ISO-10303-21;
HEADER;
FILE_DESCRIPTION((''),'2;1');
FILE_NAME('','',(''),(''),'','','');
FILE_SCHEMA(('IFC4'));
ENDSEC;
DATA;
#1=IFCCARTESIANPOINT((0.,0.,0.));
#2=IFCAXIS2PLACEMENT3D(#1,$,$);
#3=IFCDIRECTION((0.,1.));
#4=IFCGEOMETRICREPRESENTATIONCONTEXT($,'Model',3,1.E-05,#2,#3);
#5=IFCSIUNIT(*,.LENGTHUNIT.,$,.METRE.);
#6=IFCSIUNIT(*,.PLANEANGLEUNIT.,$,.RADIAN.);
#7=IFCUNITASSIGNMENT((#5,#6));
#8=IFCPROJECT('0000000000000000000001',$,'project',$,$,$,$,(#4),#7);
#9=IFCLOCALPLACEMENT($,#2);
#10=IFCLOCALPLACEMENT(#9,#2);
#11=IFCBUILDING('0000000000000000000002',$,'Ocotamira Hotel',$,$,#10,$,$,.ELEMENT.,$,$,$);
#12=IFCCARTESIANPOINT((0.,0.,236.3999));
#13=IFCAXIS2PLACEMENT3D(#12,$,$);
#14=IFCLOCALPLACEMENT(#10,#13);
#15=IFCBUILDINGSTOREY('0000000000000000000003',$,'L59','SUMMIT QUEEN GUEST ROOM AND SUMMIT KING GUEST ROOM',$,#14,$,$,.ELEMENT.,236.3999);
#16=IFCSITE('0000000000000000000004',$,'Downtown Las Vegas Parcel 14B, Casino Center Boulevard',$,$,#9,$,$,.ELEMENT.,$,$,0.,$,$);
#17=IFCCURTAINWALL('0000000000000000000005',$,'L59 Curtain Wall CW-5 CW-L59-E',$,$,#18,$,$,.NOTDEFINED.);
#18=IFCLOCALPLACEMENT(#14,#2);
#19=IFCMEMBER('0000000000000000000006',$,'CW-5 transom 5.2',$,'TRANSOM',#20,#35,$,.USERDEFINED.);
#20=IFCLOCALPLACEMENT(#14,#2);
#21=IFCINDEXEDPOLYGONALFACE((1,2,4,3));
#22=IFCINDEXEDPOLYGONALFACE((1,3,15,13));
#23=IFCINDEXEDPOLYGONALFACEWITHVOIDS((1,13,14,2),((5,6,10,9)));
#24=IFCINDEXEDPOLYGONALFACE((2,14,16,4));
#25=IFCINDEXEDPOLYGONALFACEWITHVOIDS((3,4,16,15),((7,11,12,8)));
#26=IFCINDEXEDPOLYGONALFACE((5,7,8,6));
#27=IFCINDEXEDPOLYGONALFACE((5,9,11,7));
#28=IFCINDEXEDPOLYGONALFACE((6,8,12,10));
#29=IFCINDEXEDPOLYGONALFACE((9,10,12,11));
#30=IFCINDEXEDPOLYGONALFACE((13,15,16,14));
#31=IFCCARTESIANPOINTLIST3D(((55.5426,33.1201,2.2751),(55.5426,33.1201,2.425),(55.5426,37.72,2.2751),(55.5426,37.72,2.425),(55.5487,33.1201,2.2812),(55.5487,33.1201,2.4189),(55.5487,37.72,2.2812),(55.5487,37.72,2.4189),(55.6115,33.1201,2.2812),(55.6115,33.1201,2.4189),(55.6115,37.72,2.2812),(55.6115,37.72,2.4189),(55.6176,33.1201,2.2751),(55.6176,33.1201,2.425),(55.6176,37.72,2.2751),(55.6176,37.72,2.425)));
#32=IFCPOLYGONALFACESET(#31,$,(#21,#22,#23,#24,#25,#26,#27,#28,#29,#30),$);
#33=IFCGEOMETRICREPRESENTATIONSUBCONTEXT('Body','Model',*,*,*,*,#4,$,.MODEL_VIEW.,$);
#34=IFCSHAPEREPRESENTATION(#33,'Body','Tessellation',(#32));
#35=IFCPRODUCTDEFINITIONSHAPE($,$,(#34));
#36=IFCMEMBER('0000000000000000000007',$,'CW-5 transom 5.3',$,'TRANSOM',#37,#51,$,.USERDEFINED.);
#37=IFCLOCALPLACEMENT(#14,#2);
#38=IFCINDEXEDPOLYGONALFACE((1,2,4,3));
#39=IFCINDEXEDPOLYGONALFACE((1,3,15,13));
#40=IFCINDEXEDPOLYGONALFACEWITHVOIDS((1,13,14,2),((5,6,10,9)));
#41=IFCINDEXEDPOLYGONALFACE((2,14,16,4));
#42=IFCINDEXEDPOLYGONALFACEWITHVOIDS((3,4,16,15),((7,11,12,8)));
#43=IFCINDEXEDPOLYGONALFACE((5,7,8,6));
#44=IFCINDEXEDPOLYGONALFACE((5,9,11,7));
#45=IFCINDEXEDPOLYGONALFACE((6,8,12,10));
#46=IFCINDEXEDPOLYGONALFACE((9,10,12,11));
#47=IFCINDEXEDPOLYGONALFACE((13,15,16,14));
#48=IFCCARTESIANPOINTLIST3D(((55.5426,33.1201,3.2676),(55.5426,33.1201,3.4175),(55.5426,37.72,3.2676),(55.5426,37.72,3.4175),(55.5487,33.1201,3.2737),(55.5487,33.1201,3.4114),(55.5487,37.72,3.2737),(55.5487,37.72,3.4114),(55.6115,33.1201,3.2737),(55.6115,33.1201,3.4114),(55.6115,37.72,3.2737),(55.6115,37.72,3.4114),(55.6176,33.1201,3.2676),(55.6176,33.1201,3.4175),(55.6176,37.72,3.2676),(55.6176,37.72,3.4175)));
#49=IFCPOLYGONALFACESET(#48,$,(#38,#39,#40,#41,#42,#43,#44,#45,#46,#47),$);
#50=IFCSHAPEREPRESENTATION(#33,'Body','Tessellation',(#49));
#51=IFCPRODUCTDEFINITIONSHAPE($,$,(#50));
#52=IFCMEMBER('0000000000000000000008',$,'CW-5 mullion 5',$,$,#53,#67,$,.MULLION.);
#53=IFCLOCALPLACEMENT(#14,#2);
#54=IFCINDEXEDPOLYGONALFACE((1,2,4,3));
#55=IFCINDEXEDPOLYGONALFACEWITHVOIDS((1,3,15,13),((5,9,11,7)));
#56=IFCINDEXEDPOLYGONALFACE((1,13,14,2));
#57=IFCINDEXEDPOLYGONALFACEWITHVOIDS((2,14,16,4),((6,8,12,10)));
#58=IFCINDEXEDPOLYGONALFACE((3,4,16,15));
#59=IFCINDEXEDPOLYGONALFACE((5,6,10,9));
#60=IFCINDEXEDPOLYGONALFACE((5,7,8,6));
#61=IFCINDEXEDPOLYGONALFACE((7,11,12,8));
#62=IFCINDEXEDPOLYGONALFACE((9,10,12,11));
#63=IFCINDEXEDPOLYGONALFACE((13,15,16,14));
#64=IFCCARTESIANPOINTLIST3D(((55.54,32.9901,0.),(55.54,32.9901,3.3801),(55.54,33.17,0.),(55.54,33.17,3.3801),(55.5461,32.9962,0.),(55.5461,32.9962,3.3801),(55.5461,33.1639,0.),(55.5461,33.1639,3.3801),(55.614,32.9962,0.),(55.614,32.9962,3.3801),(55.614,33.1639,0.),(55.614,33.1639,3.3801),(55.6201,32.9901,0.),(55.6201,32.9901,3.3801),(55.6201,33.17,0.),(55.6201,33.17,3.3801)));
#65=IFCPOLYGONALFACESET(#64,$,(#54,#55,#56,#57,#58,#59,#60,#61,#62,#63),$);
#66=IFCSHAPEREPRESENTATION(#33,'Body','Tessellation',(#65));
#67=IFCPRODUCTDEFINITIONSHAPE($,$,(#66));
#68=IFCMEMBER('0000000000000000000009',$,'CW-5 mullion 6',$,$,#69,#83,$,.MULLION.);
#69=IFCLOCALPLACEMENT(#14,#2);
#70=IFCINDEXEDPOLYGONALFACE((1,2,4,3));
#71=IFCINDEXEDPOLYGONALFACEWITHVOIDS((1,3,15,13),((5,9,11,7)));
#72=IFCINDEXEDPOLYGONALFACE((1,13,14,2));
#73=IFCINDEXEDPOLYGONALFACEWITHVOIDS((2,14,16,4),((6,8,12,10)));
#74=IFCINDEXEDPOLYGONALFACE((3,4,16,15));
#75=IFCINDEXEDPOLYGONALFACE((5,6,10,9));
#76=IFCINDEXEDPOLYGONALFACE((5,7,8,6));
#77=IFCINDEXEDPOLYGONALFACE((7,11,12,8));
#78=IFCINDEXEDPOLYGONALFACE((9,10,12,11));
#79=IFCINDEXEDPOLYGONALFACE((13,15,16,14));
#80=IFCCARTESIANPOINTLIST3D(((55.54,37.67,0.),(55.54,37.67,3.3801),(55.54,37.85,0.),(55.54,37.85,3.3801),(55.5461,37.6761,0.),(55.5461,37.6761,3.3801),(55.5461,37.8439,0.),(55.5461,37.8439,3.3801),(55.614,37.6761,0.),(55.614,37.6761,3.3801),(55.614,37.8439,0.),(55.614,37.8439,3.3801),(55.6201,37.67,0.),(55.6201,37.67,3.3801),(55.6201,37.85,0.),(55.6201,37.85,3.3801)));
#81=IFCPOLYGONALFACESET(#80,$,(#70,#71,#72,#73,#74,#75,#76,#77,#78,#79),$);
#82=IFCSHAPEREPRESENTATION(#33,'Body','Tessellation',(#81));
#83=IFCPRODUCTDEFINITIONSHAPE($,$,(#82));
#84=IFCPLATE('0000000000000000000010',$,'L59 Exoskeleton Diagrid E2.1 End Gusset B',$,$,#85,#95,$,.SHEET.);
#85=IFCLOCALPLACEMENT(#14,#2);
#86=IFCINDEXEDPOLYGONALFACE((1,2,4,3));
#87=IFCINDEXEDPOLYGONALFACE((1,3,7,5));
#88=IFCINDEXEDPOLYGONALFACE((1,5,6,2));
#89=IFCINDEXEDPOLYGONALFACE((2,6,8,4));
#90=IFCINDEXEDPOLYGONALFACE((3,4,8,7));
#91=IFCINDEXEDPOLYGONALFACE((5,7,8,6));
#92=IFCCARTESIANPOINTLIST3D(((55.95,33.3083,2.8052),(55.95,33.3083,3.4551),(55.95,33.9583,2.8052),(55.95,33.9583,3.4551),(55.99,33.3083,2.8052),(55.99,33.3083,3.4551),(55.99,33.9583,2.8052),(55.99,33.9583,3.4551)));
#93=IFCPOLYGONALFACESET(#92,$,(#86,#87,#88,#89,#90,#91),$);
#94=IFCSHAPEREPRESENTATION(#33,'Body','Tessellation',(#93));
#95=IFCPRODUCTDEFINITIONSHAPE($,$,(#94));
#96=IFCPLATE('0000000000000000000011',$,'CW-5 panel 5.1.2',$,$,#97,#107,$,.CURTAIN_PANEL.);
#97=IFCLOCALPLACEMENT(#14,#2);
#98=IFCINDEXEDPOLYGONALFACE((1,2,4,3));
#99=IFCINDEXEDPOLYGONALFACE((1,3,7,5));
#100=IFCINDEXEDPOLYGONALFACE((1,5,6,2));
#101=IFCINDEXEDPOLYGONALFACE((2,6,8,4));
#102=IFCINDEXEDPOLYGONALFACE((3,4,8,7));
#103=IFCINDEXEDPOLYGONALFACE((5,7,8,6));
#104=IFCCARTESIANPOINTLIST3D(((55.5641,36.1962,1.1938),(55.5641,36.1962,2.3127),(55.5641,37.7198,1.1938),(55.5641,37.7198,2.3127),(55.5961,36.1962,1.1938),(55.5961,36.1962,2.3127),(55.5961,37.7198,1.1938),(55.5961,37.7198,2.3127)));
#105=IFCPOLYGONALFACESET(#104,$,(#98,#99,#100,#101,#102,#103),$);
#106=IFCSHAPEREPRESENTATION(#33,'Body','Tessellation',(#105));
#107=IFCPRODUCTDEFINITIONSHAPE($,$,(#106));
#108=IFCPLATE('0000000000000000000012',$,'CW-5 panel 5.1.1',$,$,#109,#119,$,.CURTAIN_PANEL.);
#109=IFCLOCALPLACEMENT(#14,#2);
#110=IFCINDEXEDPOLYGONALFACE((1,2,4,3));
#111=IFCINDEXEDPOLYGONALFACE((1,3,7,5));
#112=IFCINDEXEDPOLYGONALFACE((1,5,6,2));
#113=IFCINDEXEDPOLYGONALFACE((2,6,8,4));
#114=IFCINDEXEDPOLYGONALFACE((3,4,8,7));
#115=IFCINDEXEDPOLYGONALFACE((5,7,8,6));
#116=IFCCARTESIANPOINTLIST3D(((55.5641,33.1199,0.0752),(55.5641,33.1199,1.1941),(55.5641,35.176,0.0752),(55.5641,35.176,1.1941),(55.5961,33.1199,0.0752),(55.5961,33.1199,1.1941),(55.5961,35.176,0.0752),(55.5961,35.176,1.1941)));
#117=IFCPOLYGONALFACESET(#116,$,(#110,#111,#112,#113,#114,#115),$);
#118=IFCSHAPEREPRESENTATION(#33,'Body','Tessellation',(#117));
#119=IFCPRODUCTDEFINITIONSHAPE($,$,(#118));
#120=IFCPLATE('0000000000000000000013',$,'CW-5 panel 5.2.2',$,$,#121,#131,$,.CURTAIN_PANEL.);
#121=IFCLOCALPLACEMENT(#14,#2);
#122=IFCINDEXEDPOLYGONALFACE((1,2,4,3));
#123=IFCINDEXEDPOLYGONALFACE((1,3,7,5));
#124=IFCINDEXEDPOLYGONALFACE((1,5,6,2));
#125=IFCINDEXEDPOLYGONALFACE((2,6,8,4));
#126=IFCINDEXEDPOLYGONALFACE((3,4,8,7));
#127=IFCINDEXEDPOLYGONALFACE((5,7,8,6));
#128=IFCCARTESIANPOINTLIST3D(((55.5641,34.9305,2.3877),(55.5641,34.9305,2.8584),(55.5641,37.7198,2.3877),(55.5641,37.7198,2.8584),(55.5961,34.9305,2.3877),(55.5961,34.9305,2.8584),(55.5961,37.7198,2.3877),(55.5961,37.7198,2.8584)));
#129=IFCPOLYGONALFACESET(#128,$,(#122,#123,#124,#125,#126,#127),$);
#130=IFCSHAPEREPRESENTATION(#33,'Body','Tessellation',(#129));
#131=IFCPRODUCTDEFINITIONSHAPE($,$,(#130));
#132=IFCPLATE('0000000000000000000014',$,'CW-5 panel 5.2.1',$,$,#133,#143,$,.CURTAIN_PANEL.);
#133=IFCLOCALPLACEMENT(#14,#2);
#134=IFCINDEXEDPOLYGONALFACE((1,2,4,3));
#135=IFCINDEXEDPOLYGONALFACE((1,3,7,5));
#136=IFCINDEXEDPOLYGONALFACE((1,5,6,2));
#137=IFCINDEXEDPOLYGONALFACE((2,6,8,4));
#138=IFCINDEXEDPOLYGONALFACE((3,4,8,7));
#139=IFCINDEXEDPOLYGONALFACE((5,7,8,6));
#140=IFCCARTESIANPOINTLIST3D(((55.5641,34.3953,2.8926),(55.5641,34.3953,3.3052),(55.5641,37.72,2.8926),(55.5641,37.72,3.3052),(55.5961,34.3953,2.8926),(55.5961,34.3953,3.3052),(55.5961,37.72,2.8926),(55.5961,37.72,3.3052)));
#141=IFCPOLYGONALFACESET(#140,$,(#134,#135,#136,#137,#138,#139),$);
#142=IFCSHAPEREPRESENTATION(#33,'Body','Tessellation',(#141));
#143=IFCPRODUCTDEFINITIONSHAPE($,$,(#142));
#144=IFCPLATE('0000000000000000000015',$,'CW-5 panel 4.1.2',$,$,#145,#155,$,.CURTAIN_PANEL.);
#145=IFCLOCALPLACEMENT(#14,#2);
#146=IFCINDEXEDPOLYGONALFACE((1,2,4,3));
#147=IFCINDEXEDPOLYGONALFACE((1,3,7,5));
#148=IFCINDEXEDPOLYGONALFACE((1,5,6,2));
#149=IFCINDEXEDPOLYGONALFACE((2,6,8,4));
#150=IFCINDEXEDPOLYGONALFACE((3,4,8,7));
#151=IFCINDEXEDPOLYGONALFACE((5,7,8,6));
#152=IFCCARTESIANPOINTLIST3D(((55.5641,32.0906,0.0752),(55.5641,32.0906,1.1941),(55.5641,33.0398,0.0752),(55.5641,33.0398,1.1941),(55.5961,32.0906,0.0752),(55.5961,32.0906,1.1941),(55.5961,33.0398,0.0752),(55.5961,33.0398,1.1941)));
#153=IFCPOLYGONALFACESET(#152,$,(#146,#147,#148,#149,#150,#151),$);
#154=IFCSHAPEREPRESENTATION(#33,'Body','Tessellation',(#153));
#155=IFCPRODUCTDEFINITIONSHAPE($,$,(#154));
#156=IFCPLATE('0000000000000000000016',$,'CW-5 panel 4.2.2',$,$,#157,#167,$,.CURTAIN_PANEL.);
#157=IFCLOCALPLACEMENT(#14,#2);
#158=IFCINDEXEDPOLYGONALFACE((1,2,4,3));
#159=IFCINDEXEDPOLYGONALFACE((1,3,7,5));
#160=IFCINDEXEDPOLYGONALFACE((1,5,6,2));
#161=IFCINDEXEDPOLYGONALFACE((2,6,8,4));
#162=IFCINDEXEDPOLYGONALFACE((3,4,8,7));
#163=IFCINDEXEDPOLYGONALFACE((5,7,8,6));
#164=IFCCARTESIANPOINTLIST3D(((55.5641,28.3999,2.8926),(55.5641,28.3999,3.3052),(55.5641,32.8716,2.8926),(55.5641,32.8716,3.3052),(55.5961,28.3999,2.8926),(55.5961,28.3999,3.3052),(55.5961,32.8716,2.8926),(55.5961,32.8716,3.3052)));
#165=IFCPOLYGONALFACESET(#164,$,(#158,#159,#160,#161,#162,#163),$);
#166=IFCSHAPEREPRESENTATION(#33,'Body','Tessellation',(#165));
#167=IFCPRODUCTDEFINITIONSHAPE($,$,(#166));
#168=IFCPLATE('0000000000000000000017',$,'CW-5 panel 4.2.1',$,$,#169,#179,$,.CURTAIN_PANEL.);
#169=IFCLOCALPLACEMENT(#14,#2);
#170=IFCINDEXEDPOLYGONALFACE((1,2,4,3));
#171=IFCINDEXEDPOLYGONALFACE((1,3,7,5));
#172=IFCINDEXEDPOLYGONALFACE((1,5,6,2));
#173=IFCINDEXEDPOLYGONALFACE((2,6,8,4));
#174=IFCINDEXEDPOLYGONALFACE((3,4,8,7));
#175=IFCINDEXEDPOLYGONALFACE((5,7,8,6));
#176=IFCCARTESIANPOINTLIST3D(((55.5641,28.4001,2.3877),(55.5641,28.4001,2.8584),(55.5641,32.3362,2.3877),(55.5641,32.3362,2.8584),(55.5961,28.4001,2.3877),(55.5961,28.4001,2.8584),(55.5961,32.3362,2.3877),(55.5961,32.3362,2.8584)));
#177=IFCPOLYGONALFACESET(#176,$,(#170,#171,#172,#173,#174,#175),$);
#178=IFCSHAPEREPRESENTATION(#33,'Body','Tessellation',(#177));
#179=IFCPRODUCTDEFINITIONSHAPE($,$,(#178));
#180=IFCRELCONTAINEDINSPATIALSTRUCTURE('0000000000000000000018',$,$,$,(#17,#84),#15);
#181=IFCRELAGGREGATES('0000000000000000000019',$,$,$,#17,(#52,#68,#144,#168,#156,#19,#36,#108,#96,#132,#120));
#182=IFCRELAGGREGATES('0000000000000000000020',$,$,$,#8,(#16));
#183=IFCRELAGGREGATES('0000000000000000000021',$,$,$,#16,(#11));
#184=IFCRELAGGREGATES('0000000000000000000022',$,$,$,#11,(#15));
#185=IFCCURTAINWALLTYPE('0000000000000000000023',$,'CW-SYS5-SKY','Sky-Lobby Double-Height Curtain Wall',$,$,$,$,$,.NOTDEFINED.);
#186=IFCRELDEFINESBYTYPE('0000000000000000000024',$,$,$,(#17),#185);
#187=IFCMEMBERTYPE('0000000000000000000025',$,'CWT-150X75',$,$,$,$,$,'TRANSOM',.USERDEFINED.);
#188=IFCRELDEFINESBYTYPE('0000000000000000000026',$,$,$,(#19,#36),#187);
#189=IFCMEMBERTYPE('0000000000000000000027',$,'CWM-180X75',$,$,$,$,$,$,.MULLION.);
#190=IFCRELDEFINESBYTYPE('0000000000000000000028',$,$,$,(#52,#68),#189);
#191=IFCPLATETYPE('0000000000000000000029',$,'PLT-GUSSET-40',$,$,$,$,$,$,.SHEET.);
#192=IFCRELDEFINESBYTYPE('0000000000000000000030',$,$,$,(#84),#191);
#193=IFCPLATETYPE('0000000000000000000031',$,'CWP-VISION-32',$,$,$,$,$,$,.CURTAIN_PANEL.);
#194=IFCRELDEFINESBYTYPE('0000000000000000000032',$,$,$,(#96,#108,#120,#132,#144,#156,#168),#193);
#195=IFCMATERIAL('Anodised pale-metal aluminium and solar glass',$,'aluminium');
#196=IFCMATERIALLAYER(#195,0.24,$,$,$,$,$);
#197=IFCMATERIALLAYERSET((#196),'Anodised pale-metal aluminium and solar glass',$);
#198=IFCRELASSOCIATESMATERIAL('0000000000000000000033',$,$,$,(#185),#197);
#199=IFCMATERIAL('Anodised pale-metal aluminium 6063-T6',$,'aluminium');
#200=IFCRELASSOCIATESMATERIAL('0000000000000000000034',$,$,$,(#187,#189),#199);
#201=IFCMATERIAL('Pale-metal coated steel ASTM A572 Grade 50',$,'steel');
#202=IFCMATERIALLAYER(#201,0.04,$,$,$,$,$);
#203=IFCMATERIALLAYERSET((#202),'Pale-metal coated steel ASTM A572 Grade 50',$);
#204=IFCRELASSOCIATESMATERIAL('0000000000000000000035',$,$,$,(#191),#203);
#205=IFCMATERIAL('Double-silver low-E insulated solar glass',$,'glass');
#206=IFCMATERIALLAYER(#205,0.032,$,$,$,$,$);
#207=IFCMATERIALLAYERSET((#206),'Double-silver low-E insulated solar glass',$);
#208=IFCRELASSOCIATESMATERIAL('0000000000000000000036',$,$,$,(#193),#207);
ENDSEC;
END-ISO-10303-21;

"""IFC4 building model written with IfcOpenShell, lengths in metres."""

from ifc_helpers import new_model, si_unit, direction, frame, origin, origin_2d, place, context, subcontext, project, spatial, rectangle, hollow_rectangle, extrude, source, transform, mapped, material, layer, layer_set, material_profile, profile_set, type_object, element, aggregate, save


model = new_model("IFC4")

# Units and contexts
model_context = context("Model", 3, precision=1e-05, world=origin(), true_north=direction((0.0, 1.0)))
body_context = subcontext(model_context, "Body", "Model", "MODEL_VIEW")
ifc_project = project(units=[si_unit("LENGTHUNIT", "METRE"), si_unit("PLANEANGLEUNIT", "RADIAN")], contexts=[model_context])

# Site, building, storey
site_placement = place(None, origin())
site = spatial("IfcSite", under=ifc_project, at=site_placement, Name="Downtown Las Vegas Parcel 14B, Casino Center Boulevard", CompositionType="ELEMENT", RefElevation=0.0)
building_placement = place(site_placement, origin())
building = spatial("IfcBuilding", under=site, at=building_placement, Name="Ocotamira Hotel", CompositionType="ELEMENT")
storey_placement = place(building_placement, frame((0.0, 0.0, 236.3999)))
storey = spatial("IfcBuildingStorey", under=building, at=storey_placement, Name="L59", Description="SUMMIT QUEEN GUEST ROOM AND SUMMIT KING GUEST ROOM", CompositionType="ELEMENT", Elevation=236.3999)

# Curtain wall, members
ifc_material_1 = material(Name="Anodised pale-metal aluminium and solar glass", Category="aluminium")
ifc_layer_1 = layer(ifc_material_1, 0.24)
ifc_layer_set_1 = layer_set([ifc_layer_1], Name="Anodised pale-metal aluminium and solar glass")
curtain_wall_type = type_object("IfcCurtainWallType", Name="CW-SYS5-SKY", Description="Sky-Lobby Double-Height Curtain Wall", PredefinedType="NOTDEFINED", material=ifc_layer_set_1)
curtain_wall_placement = place(storey_placement, origin())
curtain_wall = element("IfcCurtainWall", 1, at=curtain_wall_placement, inside=storey, type_object=curtain_wall_type, Name="L59 Curtain Wall CW-5 CW-L59-E", PredefinedType="NOTDEFINED")
ifc_material_2 = material(Name="Anodised pale-metal aluminium 6063-T6", Category="aluminium")
ifc_material_profile_1 = material_profile(ifc_material_2, hollow_rectangle(XDim=0.075, YDim=0.1499, WallThickness=0.0061, at=origin_2d()), Name="HSS150X75X6")
ifc_profile_set_1 = profile_set([ifc_material_profile_1], Name="Anodised pale-metal aluminium 6063-T6")
member_type_1 = type_object("IfcMemberType", Name="CWT-150X75", ElementType="TRANSOM", PredefinedType="USERDEFINED", material=ifc_profile_set_1)
shared_shape_1 = source(origin(), body_context, "Body", "SweptSolid", [
    extrude(hollow_rectangle(XDim=0.075, YDim=0.1499, WallThickness=0.0061, at=origin_2d()), origin(), (0.0, 0.0, 1.0), 4.5999),
])
member_1_placement = place(storey_placement, frame((55.5801, 33.1201, 2.3501), z_axis=(0.0, 1.0, 0.0), x_axis=(-1.0, 0.0, 0.0)))
member_1 = element("IfcMember", 2, at=member_1_placement, type_object=member_type_1, Name="CW-5 transom 5.2", ObjectType="TRANSOM", PredefinedType="USERDEFINED", context=body_context, shape_type="MappedRepresentation", body=[
    mapped(shared_shape_1, transform((0.0, 0.0, 0.0), scale=1.0)),
])
member_2_placement = place(storey_placement, frame((55.5801, 33.1201, 3.3425), z_axis=(0.0, 1.0, 0.0), x_axis=(-1.0, 0.0, 0.0)))
member_2 = element("IfcMember", 3, at=member_2_placement, type_object=member_type_1, Name="CW-5 transom 5.3", ObjectType="TRANSOM", PredefinedType="USERDEFINED", context=body_context, shape_type="MappedRepresentation", body=[
    mapped(shared_shape_1, transform((0.0, 0.0, 0.0), scale=1.0)),
])
ifc_material_profile_2 = material_profile(ifc_material_2, hollow_rectangle(XDim=0.0801, YDim=0.1799, WallThickness=0.0061, at=origin_2d()), Name="HSS180X80X6")
ifc_profile_set_2 = profile_set([ifc_material_profile_2], Name="Anodised pale-metal aluminium 6063-T6")
member_type_2 = type_object("IfcMemberType", Name="CWM-180X75", PredefinedType="MULLION", material=ifc_profile_set_2)
shared_shape_2 = source(origin(), body_context, "Body", "SweptSolid", [
    extrude(hollow_rectangle(XDim=0.0801, YDim=0.1799, WallThickness=0.0061, at=origin_2d()), origin(), (0.0, 0.0, 1.0), 3.3801),
])
member_3_placement = place(storey_placement, frame((55.5801, 33.0801, 0.0), z_axis=(0.0, 0.0, 1.0), x_axis=(-1.0, 0.0, 0.0)))
member_3 = element("IfcMember", 4, at=member_3_placement, type_object=member_type_2, Name="CW-5 mullion 5", PredefinedType="MULLION", context=body_context, shape_type="MappedRepresentation", body=[
    mapped(shared_shape_2, transform((0.0, 0.0, 0.0), scale=1.0)),
])
member_4_placement = place(storey_placement, frame((55.5801, 37.76, 0.0), z_axis=(0.0, 0.0, 1.0), x_axis=(-1.0, 0.0, 0.0)))
member_4 = element("IfcMember", 5, at=member_4_placement, type_object=member_type_2, Name="CW-5 mullion 6", PredefinedType="MULLION", context=body_context, shape_type="MappedRepresentation", body=[
    mapped(shared_shape_2, transform((0.0, 0.0, 0.0), scale=1.0)),
])

# Plates
ifc_material_3 = material(Name="Pale-metal coated steel ASTM A572 Grade 50", Category="steel")
ifc_layer_2 = layer(ifc_material_3, 0.04)
ifc_layer_set_2 = layer_set([ifc_layer_2], Name="Pale-metal coated steel ASTM A572 Grade 50")
plate_type_1 = type_object("IfcPlateType", Name="PLT-GUSSET-40", PredefinedType="SHEET", material=ifc_layer_set_2)
shared_shape_3 = source(origin(), body_context, "Body", "SweptSolid", [
    extrude(rectangle(XDim=0.04, YDim=0.6499, at=origin_2d()), origin(), (0.0, 0.0, 1.0), 0.6499),
])
plate_1_placement = place(storey_placement, frame((55.97, 33.6333, 2.8052), z_axis=(0.0, 0.0, 1.0), x_axis=(1.0, 0.0, 0.0)))
element("IfcPlate", 6, at=plate_1_placement, inside=storey, type_object=plate_type_1, Name="L59 Exoskeleton Diagrid E2.1 End Gusset B", PredefinedType="SHEET", context=body_context, shape_type="MappedRepresentation", body=[
    mapped(shared_shape_3, transform((0.0, 0.0, 0.0), scale=1.0)),
])
ifc_material_4 = material(Name="Double-silver low-E insulated solar glass", Category="glass")
ifc_layer_3 = layer(ifc_material_4, 0.032)
ifc_layer_set_3 = layer_set([ifc_layer_3], Name="Double-silver low-E insulated solar glass")
plate_type_2 = type_object("IfcPlateType", Name="CWP-VISION-32", PredefinedType="CURTAIN_PANEL", material=ifc_layer_set_3)
shared_shape_4 = source(origin(), body_context, "Body", "SweptSolid", [
    extrude(rectangle(XDim=1.5237, YDim=0.032, at=origin_2d()), origin(), (0.0, 0.0, 1.0), 1.1189),
])
plate_2_placement = place(storey_placement, frame((55.5801, 36.958, 1.1938), z_axis=(0.0, 0.0, 1.0), x_axis=(0.0, 1.0, 0.0)))
plate_2 = element("IfcPlate", 7, at=plate_2_placement, type_object=plate_type_2, Name="CW-5 panel 5.1.2", PredefinedType="CURTAIN_PANEL", context=body_context, shape_type="MappedRepresentation", body=[
    mapped(shared_shape_4, transform((0.0, 0.0, 0.0), scale=1.0)),
])
shared_shape_5 = source(origin(), body_context, "Body", "SweptSolid", [
    extrude(rectangle(XDim=2.0562, YDim=0.032, at=origin_2d()), origin(), (0.0, 0.0, 1.0), 1.1189),
])
plate_3_placement = place(storey_placement, frame((55.5801, 34.1479, 0.0752), z_axis=(0.0, 0.0, 1.0), x_axis=(0.0, 1.0, 0.0)))
plate_3 = element("IfcPlate", 8, at=plate_3_placement, type_object=plate_type_2, Name="CW-5 panel 5.1.1", PredefinedType="CURTAIN_PANEL", context=body_context, shape_type="MappedRepresentation", body=[
    mapped(shared_shape_5, transform((0.0, 0.0, 0.0), scale=1.0)),
])
shared_shape_6 = source(origin(), body_context, "Body", "SweptSolid", [
    extrude(rectangle(XDim=2.7893, YDim=0.032, at=origin_2d()), origin(), (0.0, 0.0, 1.0), 0.4707),
])
plate_4_placement = place(storey_placement, frame((55.5801, 36.3252, 2.3877), z_axis=(0.0, 0.0, 1.0), x_axis=(0.0, 1.0, 0.0)))
plate_4 = element("IfcPlate", 9, at=plate_4_placement, type_object=plate_type_2, Name="CW-5 panel 5.2.2", PredefinedType="CURTAIN_PANEL", context=body_context, shape_type="MappedRepresentation", body=[
    mapped(shared_shape_6, transform((0.0, 0.0, 0.0), scale=1.0)),
])
shared_shape_7 = source(origin(), body_context, "Body", "SweptSolid", [
    extrude(rectangle(XDim=3.3247, YDim=0.032, at=origin_2d()), origin(), (0.0, 0.0, 1.0), 0.4126),
])
plate_5_placement = place(storey_placement, frame((55.5801, 36.0576, 2.8926), z_axis=(0.0, 0.0, 1.0), x_axis=(0.0, 1.0, 0.0)))
plate_5 = element("IfcPlate", 10, at=plate_5_placement, type_object=plate_type_2, Name="CW-5 panel 5.2.1", PredefinedType="CURTAIN_PANEL", context=body_context, shape_type="MappedRepresentation", body=[
    mapped(shared_shape_7, transform((0.0, 0.0, 0.0), scale=1.0)),
])
shared_shape_8 = source(origin(), body_context, "Body", "SweptSolid", [
    extrude(rectangle(XDim=0.9492, YDim=0.032, at=origin_2d()), origin(), (0.0, 0.0, 1.0), 1.1189),
])
plate_6_placement = place(storey_placement, frame((55.5801, 32.5652, 0.0752), z_axis=(0.0, 0.0, 1.0), x_axis=(0.0, 1.0, 0.0)))
plate_6 = element("IfcPlate", 11, at=plate_6_placement, type_object=plate_type_2, Name="CW-5 panel 4.1.2", PredefinedType="CURTAIN_PANEL", context=body_context, shape_type="MappedRepresentation", body=[
    mapped(shared_shape_8, transform((0.0, 0.0, 0.0), scale=1.0)),
])
shared_shape_9 = source(origin(), body_context, "Body", "SweptSolid", [
    extrude(rectangle(XDim=4.4717, YDim=0.032, at=origin_2d()), origin(), (0.0, 0.0, 1.0), 0.4126),
])
plate_7_placement = place(storey_placement, frame((55.5801, 30.6357, 2.8926), z_axis=(0.0, 0.0, 1.0), x_axis=(0.0, 1.0, 0.0)))
plate_7 = element("IfcPlate", 12, at=plate_7_placement, type_object=plate_type_2, Name="CW-5 panel 4.2.2", PredefinedType="CURTAIN_PANEL", context=body_context, shape_type="MappedRepresentation", body=[
    mapped(shared_shape_9, transform((0.0, 0.0, 0.0), scale=1.0)),
])
shared_shape_10 = source(origin(), body_context, "Body", "SweptSolid", [
    extrude(rectangle(XDim=3.936, YDim=0.032, at=origin_2d()), origin(), (0.0, 0.0, 1.0), 0.4707),
])
plate_8_placement = place(storey_placement, frame((55.5801, 30.3682, 2.3877), z_axis=(0.0, 0.0, 1.0), x_axis=(0.0, 1.0, 0.0)))
plate_8 = element("IfcPlate", 13, at=plate_8_placement, type_object=plate_type_2, Name="CW-5 panel 4.2.1", PredefinedType="CURTAIN_PANEL", context=body_context, shape_type="MappedRepresentation", body=[
    mapped(shared_shape_10, transform((0.0, 0.0, 0.0), scale=1.0)),
])
aggregate(curtain_wall, [member_3, member_4, plate_6, plate_8, plate_7, member_1, member_2, plate_3, plate_2, plate_5, plate_4])

save(model, "model.ifc")
